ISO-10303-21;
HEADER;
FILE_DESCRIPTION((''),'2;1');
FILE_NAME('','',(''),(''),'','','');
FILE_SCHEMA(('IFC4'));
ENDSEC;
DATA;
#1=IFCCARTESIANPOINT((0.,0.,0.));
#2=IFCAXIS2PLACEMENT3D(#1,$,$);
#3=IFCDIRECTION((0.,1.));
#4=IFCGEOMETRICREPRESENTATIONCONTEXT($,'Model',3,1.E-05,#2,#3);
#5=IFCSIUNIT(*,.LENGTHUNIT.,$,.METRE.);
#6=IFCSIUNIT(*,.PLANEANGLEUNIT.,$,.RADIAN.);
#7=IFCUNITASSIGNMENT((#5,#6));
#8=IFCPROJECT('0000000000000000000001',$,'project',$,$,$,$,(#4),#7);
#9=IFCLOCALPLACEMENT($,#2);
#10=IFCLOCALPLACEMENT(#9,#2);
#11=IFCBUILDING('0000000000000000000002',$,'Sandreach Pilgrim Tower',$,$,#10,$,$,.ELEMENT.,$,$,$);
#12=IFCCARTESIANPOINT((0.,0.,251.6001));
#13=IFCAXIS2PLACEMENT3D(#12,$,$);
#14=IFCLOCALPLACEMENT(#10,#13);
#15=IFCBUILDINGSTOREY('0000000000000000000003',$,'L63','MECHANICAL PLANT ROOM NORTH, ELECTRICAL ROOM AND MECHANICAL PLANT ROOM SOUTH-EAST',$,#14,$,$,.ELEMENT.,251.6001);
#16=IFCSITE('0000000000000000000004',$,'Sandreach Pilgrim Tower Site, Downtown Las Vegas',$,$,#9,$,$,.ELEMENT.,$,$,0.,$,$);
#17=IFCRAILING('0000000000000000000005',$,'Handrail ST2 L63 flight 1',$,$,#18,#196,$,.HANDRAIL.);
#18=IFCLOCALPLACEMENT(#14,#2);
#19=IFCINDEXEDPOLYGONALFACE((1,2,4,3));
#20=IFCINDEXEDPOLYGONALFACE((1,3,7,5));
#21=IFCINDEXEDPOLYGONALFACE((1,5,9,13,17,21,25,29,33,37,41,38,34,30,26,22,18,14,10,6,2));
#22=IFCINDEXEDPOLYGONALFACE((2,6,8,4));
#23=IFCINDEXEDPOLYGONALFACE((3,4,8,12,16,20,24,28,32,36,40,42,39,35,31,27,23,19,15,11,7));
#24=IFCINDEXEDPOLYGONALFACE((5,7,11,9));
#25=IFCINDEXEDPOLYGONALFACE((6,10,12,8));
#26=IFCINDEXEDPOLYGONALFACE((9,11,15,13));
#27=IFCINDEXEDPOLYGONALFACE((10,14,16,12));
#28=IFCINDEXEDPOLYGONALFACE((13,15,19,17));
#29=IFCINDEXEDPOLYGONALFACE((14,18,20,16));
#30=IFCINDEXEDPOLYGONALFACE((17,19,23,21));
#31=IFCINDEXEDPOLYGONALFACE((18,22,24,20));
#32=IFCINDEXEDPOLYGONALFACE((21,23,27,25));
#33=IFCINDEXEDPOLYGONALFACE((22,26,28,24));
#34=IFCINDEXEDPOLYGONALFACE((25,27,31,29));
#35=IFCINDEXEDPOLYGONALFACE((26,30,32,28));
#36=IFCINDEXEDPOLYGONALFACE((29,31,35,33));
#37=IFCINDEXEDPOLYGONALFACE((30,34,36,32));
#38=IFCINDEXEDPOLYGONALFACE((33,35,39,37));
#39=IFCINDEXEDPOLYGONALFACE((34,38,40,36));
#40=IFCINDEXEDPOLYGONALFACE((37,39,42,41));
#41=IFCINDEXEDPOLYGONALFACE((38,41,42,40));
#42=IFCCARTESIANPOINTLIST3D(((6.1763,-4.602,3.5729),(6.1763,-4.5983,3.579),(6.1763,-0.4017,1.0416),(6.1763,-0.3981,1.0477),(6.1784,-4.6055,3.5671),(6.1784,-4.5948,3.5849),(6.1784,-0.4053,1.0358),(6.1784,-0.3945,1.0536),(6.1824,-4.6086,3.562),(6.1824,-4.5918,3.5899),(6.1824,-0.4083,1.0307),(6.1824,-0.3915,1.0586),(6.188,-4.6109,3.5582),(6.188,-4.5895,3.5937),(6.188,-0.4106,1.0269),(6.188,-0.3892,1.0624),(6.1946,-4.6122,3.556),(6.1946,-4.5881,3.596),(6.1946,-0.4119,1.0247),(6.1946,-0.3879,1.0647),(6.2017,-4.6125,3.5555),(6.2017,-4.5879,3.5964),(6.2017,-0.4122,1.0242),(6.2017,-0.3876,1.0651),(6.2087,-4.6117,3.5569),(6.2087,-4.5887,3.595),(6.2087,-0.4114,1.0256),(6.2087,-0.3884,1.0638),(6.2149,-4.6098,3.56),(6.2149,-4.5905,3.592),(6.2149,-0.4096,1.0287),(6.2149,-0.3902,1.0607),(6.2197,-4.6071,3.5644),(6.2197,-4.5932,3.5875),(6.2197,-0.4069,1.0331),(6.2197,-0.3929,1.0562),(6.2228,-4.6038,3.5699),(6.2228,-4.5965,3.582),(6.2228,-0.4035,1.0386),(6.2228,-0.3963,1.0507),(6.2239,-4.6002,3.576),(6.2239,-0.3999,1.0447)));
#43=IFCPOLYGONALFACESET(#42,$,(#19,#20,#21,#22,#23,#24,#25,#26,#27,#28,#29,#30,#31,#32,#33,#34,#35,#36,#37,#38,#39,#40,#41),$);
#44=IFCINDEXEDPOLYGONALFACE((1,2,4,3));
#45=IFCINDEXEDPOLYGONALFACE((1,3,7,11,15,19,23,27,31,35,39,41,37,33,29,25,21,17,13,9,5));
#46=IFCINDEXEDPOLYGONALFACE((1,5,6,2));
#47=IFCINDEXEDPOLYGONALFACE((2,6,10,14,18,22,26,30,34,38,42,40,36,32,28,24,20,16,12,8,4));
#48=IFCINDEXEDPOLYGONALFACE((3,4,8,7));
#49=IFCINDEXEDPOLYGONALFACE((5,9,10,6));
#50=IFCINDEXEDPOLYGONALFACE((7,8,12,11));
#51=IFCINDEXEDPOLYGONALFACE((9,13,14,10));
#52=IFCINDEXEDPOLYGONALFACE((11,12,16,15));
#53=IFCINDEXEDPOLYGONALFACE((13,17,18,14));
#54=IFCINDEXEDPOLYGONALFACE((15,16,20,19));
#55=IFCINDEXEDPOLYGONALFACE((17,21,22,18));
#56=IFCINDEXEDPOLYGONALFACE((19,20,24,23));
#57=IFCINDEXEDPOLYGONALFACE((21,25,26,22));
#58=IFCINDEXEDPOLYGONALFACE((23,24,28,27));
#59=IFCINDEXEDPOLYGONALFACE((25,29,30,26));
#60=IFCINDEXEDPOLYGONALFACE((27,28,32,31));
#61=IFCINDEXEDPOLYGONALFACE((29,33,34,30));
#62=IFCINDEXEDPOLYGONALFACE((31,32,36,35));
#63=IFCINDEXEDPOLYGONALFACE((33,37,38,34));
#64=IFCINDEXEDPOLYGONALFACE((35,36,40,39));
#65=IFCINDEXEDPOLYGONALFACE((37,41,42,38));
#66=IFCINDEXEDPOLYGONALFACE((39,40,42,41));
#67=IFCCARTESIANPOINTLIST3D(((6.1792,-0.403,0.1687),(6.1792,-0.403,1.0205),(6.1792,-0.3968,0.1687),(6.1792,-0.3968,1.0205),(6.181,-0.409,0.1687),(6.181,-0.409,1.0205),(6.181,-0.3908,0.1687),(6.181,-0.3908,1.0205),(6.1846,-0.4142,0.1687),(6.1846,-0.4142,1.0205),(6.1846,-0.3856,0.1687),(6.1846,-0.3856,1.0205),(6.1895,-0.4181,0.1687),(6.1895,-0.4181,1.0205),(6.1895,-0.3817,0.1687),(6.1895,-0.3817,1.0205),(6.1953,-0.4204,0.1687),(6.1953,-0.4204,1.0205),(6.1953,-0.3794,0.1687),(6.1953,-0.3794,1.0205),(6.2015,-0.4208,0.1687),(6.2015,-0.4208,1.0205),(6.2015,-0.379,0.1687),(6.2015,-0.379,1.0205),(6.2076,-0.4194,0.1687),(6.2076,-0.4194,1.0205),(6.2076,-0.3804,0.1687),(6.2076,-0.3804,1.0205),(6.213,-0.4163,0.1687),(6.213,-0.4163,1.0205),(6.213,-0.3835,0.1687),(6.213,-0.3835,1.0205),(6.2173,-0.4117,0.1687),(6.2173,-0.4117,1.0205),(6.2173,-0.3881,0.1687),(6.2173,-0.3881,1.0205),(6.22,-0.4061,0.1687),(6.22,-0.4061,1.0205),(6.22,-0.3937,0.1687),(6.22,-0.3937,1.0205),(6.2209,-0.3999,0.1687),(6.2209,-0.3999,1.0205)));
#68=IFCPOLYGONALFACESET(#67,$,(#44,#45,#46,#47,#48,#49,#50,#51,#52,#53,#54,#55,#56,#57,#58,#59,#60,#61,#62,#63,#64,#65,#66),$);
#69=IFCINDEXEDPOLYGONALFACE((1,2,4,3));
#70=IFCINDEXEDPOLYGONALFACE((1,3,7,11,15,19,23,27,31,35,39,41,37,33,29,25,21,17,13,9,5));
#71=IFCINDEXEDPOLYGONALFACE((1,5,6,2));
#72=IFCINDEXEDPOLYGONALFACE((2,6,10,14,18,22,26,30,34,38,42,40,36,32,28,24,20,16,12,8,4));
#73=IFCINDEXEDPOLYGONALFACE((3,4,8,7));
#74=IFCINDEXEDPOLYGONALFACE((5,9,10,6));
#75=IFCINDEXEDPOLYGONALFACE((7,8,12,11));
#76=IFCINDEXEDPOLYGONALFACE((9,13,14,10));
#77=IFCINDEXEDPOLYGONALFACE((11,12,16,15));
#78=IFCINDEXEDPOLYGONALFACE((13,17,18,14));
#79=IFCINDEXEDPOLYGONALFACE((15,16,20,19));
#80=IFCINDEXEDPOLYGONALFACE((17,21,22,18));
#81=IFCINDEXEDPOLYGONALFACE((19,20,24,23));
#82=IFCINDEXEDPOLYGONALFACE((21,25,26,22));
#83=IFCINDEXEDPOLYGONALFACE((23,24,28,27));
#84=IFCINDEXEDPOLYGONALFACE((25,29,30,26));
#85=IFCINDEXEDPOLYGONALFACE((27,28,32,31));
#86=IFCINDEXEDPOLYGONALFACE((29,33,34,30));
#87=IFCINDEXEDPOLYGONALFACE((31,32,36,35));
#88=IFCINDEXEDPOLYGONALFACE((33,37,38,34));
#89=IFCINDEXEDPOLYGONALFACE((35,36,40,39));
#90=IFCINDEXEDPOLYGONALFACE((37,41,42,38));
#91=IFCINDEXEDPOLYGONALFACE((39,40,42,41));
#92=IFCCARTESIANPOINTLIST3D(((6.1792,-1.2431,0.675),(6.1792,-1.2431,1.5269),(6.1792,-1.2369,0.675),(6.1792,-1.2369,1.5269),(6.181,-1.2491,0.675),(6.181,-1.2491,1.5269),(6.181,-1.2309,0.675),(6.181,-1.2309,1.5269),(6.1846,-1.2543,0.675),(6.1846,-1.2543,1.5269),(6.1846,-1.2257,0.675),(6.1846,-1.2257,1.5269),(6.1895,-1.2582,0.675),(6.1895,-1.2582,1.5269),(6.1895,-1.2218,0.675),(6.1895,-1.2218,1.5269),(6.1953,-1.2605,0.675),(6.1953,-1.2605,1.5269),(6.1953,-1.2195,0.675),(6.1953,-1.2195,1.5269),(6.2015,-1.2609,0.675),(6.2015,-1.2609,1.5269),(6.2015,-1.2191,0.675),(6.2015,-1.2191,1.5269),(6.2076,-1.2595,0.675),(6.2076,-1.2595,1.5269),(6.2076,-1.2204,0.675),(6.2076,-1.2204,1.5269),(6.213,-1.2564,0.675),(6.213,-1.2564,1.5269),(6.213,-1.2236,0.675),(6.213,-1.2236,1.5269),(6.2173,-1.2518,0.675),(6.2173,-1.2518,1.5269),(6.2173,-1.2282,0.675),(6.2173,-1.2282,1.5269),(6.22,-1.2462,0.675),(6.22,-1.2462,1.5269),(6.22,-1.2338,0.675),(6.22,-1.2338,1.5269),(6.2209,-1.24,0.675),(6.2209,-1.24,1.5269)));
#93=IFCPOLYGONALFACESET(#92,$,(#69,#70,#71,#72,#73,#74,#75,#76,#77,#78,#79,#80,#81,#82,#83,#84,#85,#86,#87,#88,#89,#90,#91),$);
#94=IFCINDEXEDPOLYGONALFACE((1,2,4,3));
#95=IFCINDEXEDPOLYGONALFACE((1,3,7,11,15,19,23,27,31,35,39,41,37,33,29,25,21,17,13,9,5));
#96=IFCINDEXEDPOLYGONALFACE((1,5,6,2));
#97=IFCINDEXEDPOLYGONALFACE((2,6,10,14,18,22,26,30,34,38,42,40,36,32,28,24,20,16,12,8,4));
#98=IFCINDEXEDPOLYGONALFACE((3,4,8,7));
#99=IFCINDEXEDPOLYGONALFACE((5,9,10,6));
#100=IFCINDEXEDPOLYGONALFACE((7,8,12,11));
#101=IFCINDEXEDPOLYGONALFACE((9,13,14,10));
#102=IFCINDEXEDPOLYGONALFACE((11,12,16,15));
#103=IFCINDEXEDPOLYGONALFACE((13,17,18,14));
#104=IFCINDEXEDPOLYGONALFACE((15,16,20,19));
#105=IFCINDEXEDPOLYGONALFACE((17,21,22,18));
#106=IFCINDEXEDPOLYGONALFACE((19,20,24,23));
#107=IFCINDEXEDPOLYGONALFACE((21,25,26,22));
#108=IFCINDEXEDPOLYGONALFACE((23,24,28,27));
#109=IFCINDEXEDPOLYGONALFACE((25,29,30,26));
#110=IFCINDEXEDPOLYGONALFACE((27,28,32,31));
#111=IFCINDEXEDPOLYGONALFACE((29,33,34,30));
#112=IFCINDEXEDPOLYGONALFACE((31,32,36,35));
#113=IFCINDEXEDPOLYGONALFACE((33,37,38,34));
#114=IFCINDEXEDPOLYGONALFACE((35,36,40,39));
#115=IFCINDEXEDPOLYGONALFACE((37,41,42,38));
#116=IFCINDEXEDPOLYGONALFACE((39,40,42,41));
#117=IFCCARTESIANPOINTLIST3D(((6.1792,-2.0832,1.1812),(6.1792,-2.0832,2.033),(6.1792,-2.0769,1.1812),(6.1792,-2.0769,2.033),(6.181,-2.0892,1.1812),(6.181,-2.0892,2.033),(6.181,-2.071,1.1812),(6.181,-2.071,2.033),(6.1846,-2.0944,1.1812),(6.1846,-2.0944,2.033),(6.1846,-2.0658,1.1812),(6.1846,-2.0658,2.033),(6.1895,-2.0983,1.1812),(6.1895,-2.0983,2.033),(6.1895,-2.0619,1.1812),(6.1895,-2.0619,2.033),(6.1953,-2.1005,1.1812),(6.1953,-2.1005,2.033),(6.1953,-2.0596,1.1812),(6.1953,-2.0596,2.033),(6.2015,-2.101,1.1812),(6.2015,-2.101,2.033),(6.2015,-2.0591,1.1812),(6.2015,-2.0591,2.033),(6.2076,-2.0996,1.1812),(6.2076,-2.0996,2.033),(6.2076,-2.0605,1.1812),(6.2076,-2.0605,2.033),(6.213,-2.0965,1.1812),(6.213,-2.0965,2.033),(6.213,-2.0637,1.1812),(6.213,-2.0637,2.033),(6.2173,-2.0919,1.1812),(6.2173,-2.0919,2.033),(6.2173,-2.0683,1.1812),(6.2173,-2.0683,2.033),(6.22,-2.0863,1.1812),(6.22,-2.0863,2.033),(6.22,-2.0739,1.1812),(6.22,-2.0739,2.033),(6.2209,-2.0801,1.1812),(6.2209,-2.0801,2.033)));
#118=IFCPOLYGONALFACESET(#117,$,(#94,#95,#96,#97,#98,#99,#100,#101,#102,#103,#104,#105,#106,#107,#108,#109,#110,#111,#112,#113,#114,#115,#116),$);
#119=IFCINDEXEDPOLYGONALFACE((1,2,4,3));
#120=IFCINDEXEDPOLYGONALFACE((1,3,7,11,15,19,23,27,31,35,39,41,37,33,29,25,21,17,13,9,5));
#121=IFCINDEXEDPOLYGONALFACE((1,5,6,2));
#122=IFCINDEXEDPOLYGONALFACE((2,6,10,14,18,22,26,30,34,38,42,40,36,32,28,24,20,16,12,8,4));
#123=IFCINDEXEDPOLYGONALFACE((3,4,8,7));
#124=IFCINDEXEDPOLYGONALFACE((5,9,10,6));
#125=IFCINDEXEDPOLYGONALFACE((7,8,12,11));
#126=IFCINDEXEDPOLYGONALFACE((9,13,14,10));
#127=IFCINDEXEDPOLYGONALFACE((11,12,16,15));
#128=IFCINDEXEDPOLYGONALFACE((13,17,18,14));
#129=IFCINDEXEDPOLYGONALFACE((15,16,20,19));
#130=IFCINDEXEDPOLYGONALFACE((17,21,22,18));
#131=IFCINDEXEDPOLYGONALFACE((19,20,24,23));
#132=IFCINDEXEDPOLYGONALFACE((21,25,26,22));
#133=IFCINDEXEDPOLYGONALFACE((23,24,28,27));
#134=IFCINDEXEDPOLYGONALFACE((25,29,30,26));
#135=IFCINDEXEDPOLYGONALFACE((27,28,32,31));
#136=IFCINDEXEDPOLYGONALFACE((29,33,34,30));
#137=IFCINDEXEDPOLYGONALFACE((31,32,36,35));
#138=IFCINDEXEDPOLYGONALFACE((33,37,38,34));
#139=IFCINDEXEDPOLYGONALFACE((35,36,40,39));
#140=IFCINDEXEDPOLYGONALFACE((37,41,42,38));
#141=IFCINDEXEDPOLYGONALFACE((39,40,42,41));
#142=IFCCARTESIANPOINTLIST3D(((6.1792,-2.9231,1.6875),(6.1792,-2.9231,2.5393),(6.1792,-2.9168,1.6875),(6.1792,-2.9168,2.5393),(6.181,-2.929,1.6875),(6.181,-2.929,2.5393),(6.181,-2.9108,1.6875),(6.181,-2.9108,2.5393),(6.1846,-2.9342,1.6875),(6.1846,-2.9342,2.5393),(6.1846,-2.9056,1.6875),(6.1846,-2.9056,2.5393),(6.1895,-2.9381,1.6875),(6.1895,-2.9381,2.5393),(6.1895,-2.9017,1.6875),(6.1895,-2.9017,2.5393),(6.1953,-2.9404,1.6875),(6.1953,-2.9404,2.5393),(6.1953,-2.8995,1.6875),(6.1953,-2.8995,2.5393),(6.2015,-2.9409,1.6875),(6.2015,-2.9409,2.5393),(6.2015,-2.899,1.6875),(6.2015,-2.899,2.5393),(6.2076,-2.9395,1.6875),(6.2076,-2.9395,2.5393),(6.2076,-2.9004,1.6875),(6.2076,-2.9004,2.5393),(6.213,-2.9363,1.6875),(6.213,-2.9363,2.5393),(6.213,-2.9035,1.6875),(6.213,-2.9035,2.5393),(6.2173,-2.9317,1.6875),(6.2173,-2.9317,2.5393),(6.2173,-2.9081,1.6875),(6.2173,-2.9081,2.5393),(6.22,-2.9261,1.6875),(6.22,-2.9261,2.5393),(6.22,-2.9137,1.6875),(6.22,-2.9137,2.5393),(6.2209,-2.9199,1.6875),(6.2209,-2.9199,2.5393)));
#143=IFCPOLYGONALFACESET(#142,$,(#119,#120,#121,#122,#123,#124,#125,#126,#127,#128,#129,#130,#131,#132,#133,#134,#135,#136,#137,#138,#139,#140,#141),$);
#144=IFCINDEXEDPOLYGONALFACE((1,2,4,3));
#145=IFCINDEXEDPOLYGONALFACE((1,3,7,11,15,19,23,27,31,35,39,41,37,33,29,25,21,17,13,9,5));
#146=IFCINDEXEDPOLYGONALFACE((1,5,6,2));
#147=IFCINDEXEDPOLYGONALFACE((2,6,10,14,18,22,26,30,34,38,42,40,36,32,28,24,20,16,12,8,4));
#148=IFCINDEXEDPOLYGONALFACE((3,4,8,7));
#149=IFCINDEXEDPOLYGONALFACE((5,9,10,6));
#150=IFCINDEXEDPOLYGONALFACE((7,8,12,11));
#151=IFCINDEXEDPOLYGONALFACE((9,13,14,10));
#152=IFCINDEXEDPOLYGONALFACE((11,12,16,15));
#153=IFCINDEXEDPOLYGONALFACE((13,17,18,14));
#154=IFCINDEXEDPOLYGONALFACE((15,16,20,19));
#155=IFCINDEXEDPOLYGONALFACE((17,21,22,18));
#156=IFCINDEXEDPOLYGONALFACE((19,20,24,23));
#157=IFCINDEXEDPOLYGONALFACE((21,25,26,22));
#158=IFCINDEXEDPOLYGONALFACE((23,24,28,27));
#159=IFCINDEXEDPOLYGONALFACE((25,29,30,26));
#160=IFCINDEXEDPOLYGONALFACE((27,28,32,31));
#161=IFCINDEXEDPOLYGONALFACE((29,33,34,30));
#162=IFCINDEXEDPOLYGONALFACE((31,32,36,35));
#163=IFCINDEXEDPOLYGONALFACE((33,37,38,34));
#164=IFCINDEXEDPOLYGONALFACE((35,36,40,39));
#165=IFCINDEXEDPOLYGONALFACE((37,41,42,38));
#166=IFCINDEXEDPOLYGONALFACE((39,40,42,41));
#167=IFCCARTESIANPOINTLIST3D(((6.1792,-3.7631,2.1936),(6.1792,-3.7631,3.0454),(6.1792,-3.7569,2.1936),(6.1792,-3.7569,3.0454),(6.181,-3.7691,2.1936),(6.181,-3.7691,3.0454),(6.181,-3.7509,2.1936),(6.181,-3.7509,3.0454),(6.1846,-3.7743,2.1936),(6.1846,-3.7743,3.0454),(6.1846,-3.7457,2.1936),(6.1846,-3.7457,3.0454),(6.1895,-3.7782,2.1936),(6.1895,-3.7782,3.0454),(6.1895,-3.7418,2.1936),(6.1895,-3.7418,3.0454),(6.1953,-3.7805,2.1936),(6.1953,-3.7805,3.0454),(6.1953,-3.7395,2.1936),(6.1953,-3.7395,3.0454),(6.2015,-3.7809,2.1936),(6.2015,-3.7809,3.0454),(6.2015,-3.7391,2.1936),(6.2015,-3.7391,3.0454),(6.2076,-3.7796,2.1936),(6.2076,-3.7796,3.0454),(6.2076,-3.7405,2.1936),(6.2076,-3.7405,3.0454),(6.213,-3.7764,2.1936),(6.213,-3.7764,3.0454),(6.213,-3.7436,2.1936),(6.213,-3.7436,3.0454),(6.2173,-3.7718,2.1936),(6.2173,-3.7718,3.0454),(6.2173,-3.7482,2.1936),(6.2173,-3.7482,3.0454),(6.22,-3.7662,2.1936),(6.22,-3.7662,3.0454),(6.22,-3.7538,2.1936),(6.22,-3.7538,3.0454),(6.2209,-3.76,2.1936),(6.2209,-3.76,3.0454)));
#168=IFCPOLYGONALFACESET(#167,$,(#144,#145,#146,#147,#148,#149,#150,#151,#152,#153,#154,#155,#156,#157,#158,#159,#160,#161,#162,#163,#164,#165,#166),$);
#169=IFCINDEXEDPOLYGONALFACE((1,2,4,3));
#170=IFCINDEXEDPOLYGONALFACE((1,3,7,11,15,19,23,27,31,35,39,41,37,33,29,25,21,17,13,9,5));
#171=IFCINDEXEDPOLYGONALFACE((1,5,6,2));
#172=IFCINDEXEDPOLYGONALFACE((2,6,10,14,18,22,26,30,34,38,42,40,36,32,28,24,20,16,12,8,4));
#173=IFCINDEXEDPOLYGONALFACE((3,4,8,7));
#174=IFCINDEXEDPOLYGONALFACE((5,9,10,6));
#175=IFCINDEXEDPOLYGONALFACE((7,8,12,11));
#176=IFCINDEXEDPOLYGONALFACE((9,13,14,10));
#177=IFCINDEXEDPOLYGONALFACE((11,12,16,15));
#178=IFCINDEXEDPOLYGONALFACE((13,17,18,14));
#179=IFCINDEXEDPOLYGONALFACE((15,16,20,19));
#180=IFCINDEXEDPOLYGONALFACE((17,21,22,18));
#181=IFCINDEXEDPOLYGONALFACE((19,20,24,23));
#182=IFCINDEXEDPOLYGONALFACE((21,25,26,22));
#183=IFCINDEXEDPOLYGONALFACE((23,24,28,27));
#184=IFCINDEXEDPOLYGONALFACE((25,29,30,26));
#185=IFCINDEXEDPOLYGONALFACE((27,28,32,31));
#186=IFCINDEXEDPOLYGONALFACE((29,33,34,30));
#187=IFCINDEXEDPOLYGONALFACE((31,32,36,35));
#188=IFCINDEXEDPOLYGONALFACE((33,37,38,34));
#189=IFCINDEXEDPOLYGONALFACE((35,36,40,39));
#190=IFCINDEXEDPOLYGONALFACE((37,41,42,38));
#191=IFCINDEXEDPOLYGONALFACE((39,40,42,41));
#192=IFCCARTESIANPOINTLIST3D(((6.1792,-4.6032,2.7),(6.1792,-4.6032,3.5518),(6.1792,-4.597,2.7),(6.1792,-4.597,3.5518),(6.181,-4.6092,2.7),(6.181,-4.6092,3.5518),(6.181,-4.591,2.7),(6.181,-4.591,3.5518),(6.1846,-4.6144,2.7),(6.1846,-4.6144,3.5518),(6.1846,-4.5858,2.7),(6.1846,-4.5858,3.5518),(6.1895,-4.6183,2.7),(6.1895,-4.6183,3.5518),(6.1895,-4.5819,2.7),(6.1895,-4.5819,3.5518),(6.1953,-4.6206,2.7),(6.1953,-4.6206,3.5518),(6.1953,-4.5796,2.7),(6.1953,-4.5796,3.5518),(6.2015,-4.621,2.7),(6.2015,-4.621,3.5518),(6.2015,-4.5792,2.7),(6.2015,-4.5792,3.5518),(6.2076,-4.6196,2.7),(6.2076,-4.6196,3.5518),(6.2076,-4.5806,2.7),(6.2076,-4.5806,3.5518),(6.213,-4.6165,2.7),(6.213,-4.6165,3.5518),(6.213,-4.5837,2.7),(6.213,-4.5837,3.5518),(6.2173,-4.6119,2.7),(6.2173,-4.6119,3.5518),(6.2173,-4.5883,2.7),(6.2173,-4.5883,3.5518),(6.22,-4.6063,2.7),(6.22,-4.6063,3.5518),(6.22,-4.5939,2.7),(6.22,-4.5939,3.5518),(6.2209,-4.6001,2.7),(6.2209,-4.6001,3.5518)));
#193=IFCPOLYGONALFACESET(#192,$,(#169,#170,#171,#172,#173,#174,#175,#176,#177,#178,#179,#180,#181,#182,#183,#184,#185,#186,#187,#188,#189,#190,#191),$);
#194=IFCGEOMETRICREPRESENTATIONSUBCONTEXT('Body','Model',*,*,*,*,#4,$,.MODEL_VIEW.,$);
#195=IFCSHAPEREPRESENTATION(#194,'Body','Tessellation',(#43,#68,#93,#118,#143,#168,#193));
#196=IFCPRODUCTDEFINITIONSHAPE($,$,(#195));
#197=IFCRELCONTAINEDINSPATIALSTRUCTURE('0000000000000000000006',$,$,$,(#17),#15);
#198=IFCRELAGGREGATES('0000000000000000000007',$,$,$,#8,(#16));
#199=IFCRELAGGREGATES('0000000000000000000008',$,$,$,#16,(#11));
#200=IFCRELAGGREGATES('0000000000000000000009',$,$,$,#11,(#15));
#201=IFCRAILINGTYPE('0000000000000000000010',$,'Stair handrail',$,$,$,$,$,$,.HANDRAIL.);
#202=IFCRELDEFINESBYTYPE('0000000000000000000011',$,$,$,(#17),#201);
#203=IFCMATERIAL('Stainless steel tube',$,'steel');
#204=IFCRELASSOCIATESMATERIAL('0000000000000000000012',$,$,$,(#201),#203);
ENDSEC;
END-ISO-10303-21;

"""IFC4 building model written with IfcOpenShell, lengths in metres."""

from ifc_helpers import new_model, si_unit, direction, frame, origin, origin_2d, place, context, subcontext, project, spatial, circle, extrude, material, type_object, element, save


model = new_model("IFC4")

# Units and contexts
model_context = context("Model", 3, precision=1e-05, world=origin(), true_north=direction((0.0, 1.0)))
body_context = subcontext(model_context, "Body", "Model", "MODEL_VIEW")
ifc_project = project(units=[si_unit("LENGTHUNIT", "METRE"), si_unit("PLANEANGLEUNIT", "RADIAN")], contexts=[model_context])

# Site, building, storey
site_placement = place(None, origin())
site = spatial("IfcSite", under=ifc_project, at=site_placement, Name="Sandreach Pilgrim Tower Site, Downtown Las Vegas", CompositionType="ELEMENT", RefElevation=0.0)
building_placement = place(site_placement, origin())
building = spatial("IfcBuilding", under=site, at=building_placement, Name="Sandreach Pilgrim Tower", CompositionType="ELEMENT")
storey_placement = place(building_placement, frame((0.0, 0.0, 251.6001)))
storey = spatial("IfcBuildingStorey", under=building, at=storey_placement, Name="L63", Description="MECHANICAL PLANT ROOM NORTH, ELECTRICAL ROOM AND MECHANICAL PLANT ROOM SOUTH-EAST", CompositionType="ELEMENT", Elevation=251.6001)

# Railing
ifc_material_1 = material(Name="Stainless steel tube", Category="steel")
railing_type = type_object("IfcRailingType", Name="Stair handrail", PredefinedType="HANDRAIL", material=ifc_material_1)
for number, where, name in (
    (1, (6.2, -0.3999, 0.1687), "Handrail ST2 L63 flight 1"),
):
    element("IfcRailing", number, at=place(storey_placement, frame(where)), inside=storey, type_object=railing_type, Name=name, PredefinedType="HANDRAIL", context=body_context, shape_type="SweptSolid", body=[
        extrude(circle(Radius=0.0239, at=origin_2d()), frame((0.0, 0.0, 0.876), z_axis=(0.0, -0.85649, 0.516164), x_axis=(1.0, 0.0, 0.0)), (0.0, 0.0, 1.0), 4.9041),
        extrude(circle(Radius=0.021, at=origin_2d()), origin(), (0.0, 0.0, 1.0), 0.8518),
        extrude(circle(Radius=0.021, at=origin_2d()), frame((0.0, -0.8401, 0.5063)), (0.0, 0.0, 1.0), 0.8518),
        extrude(circle(Radius=0.021, at=origin_2d()), frame((0.0, -1.6802, 1.0125)), (0.0, 0.0, 1.0), 0.8518),
        extrude(circle(Radius=0.021, at=origin_2d()), frame((0.0, -2.52, 1.5188)), (0.0, 0.0, 1.0), 0.8518),
        extrude(circle(Radius=0.021, at=origin_2d()), frame((0.0, -3.3601, 2.0249)), (0.0, 0.0, 1.0), 0.8518),
        extrude(circle(Radius=0.021, at=origin_2d()), frame((0.0, -4.2002, 2.5312)), (0.0, 0.0, 1.0), 0.8518),
    ])

save(model, "model.ifc")
